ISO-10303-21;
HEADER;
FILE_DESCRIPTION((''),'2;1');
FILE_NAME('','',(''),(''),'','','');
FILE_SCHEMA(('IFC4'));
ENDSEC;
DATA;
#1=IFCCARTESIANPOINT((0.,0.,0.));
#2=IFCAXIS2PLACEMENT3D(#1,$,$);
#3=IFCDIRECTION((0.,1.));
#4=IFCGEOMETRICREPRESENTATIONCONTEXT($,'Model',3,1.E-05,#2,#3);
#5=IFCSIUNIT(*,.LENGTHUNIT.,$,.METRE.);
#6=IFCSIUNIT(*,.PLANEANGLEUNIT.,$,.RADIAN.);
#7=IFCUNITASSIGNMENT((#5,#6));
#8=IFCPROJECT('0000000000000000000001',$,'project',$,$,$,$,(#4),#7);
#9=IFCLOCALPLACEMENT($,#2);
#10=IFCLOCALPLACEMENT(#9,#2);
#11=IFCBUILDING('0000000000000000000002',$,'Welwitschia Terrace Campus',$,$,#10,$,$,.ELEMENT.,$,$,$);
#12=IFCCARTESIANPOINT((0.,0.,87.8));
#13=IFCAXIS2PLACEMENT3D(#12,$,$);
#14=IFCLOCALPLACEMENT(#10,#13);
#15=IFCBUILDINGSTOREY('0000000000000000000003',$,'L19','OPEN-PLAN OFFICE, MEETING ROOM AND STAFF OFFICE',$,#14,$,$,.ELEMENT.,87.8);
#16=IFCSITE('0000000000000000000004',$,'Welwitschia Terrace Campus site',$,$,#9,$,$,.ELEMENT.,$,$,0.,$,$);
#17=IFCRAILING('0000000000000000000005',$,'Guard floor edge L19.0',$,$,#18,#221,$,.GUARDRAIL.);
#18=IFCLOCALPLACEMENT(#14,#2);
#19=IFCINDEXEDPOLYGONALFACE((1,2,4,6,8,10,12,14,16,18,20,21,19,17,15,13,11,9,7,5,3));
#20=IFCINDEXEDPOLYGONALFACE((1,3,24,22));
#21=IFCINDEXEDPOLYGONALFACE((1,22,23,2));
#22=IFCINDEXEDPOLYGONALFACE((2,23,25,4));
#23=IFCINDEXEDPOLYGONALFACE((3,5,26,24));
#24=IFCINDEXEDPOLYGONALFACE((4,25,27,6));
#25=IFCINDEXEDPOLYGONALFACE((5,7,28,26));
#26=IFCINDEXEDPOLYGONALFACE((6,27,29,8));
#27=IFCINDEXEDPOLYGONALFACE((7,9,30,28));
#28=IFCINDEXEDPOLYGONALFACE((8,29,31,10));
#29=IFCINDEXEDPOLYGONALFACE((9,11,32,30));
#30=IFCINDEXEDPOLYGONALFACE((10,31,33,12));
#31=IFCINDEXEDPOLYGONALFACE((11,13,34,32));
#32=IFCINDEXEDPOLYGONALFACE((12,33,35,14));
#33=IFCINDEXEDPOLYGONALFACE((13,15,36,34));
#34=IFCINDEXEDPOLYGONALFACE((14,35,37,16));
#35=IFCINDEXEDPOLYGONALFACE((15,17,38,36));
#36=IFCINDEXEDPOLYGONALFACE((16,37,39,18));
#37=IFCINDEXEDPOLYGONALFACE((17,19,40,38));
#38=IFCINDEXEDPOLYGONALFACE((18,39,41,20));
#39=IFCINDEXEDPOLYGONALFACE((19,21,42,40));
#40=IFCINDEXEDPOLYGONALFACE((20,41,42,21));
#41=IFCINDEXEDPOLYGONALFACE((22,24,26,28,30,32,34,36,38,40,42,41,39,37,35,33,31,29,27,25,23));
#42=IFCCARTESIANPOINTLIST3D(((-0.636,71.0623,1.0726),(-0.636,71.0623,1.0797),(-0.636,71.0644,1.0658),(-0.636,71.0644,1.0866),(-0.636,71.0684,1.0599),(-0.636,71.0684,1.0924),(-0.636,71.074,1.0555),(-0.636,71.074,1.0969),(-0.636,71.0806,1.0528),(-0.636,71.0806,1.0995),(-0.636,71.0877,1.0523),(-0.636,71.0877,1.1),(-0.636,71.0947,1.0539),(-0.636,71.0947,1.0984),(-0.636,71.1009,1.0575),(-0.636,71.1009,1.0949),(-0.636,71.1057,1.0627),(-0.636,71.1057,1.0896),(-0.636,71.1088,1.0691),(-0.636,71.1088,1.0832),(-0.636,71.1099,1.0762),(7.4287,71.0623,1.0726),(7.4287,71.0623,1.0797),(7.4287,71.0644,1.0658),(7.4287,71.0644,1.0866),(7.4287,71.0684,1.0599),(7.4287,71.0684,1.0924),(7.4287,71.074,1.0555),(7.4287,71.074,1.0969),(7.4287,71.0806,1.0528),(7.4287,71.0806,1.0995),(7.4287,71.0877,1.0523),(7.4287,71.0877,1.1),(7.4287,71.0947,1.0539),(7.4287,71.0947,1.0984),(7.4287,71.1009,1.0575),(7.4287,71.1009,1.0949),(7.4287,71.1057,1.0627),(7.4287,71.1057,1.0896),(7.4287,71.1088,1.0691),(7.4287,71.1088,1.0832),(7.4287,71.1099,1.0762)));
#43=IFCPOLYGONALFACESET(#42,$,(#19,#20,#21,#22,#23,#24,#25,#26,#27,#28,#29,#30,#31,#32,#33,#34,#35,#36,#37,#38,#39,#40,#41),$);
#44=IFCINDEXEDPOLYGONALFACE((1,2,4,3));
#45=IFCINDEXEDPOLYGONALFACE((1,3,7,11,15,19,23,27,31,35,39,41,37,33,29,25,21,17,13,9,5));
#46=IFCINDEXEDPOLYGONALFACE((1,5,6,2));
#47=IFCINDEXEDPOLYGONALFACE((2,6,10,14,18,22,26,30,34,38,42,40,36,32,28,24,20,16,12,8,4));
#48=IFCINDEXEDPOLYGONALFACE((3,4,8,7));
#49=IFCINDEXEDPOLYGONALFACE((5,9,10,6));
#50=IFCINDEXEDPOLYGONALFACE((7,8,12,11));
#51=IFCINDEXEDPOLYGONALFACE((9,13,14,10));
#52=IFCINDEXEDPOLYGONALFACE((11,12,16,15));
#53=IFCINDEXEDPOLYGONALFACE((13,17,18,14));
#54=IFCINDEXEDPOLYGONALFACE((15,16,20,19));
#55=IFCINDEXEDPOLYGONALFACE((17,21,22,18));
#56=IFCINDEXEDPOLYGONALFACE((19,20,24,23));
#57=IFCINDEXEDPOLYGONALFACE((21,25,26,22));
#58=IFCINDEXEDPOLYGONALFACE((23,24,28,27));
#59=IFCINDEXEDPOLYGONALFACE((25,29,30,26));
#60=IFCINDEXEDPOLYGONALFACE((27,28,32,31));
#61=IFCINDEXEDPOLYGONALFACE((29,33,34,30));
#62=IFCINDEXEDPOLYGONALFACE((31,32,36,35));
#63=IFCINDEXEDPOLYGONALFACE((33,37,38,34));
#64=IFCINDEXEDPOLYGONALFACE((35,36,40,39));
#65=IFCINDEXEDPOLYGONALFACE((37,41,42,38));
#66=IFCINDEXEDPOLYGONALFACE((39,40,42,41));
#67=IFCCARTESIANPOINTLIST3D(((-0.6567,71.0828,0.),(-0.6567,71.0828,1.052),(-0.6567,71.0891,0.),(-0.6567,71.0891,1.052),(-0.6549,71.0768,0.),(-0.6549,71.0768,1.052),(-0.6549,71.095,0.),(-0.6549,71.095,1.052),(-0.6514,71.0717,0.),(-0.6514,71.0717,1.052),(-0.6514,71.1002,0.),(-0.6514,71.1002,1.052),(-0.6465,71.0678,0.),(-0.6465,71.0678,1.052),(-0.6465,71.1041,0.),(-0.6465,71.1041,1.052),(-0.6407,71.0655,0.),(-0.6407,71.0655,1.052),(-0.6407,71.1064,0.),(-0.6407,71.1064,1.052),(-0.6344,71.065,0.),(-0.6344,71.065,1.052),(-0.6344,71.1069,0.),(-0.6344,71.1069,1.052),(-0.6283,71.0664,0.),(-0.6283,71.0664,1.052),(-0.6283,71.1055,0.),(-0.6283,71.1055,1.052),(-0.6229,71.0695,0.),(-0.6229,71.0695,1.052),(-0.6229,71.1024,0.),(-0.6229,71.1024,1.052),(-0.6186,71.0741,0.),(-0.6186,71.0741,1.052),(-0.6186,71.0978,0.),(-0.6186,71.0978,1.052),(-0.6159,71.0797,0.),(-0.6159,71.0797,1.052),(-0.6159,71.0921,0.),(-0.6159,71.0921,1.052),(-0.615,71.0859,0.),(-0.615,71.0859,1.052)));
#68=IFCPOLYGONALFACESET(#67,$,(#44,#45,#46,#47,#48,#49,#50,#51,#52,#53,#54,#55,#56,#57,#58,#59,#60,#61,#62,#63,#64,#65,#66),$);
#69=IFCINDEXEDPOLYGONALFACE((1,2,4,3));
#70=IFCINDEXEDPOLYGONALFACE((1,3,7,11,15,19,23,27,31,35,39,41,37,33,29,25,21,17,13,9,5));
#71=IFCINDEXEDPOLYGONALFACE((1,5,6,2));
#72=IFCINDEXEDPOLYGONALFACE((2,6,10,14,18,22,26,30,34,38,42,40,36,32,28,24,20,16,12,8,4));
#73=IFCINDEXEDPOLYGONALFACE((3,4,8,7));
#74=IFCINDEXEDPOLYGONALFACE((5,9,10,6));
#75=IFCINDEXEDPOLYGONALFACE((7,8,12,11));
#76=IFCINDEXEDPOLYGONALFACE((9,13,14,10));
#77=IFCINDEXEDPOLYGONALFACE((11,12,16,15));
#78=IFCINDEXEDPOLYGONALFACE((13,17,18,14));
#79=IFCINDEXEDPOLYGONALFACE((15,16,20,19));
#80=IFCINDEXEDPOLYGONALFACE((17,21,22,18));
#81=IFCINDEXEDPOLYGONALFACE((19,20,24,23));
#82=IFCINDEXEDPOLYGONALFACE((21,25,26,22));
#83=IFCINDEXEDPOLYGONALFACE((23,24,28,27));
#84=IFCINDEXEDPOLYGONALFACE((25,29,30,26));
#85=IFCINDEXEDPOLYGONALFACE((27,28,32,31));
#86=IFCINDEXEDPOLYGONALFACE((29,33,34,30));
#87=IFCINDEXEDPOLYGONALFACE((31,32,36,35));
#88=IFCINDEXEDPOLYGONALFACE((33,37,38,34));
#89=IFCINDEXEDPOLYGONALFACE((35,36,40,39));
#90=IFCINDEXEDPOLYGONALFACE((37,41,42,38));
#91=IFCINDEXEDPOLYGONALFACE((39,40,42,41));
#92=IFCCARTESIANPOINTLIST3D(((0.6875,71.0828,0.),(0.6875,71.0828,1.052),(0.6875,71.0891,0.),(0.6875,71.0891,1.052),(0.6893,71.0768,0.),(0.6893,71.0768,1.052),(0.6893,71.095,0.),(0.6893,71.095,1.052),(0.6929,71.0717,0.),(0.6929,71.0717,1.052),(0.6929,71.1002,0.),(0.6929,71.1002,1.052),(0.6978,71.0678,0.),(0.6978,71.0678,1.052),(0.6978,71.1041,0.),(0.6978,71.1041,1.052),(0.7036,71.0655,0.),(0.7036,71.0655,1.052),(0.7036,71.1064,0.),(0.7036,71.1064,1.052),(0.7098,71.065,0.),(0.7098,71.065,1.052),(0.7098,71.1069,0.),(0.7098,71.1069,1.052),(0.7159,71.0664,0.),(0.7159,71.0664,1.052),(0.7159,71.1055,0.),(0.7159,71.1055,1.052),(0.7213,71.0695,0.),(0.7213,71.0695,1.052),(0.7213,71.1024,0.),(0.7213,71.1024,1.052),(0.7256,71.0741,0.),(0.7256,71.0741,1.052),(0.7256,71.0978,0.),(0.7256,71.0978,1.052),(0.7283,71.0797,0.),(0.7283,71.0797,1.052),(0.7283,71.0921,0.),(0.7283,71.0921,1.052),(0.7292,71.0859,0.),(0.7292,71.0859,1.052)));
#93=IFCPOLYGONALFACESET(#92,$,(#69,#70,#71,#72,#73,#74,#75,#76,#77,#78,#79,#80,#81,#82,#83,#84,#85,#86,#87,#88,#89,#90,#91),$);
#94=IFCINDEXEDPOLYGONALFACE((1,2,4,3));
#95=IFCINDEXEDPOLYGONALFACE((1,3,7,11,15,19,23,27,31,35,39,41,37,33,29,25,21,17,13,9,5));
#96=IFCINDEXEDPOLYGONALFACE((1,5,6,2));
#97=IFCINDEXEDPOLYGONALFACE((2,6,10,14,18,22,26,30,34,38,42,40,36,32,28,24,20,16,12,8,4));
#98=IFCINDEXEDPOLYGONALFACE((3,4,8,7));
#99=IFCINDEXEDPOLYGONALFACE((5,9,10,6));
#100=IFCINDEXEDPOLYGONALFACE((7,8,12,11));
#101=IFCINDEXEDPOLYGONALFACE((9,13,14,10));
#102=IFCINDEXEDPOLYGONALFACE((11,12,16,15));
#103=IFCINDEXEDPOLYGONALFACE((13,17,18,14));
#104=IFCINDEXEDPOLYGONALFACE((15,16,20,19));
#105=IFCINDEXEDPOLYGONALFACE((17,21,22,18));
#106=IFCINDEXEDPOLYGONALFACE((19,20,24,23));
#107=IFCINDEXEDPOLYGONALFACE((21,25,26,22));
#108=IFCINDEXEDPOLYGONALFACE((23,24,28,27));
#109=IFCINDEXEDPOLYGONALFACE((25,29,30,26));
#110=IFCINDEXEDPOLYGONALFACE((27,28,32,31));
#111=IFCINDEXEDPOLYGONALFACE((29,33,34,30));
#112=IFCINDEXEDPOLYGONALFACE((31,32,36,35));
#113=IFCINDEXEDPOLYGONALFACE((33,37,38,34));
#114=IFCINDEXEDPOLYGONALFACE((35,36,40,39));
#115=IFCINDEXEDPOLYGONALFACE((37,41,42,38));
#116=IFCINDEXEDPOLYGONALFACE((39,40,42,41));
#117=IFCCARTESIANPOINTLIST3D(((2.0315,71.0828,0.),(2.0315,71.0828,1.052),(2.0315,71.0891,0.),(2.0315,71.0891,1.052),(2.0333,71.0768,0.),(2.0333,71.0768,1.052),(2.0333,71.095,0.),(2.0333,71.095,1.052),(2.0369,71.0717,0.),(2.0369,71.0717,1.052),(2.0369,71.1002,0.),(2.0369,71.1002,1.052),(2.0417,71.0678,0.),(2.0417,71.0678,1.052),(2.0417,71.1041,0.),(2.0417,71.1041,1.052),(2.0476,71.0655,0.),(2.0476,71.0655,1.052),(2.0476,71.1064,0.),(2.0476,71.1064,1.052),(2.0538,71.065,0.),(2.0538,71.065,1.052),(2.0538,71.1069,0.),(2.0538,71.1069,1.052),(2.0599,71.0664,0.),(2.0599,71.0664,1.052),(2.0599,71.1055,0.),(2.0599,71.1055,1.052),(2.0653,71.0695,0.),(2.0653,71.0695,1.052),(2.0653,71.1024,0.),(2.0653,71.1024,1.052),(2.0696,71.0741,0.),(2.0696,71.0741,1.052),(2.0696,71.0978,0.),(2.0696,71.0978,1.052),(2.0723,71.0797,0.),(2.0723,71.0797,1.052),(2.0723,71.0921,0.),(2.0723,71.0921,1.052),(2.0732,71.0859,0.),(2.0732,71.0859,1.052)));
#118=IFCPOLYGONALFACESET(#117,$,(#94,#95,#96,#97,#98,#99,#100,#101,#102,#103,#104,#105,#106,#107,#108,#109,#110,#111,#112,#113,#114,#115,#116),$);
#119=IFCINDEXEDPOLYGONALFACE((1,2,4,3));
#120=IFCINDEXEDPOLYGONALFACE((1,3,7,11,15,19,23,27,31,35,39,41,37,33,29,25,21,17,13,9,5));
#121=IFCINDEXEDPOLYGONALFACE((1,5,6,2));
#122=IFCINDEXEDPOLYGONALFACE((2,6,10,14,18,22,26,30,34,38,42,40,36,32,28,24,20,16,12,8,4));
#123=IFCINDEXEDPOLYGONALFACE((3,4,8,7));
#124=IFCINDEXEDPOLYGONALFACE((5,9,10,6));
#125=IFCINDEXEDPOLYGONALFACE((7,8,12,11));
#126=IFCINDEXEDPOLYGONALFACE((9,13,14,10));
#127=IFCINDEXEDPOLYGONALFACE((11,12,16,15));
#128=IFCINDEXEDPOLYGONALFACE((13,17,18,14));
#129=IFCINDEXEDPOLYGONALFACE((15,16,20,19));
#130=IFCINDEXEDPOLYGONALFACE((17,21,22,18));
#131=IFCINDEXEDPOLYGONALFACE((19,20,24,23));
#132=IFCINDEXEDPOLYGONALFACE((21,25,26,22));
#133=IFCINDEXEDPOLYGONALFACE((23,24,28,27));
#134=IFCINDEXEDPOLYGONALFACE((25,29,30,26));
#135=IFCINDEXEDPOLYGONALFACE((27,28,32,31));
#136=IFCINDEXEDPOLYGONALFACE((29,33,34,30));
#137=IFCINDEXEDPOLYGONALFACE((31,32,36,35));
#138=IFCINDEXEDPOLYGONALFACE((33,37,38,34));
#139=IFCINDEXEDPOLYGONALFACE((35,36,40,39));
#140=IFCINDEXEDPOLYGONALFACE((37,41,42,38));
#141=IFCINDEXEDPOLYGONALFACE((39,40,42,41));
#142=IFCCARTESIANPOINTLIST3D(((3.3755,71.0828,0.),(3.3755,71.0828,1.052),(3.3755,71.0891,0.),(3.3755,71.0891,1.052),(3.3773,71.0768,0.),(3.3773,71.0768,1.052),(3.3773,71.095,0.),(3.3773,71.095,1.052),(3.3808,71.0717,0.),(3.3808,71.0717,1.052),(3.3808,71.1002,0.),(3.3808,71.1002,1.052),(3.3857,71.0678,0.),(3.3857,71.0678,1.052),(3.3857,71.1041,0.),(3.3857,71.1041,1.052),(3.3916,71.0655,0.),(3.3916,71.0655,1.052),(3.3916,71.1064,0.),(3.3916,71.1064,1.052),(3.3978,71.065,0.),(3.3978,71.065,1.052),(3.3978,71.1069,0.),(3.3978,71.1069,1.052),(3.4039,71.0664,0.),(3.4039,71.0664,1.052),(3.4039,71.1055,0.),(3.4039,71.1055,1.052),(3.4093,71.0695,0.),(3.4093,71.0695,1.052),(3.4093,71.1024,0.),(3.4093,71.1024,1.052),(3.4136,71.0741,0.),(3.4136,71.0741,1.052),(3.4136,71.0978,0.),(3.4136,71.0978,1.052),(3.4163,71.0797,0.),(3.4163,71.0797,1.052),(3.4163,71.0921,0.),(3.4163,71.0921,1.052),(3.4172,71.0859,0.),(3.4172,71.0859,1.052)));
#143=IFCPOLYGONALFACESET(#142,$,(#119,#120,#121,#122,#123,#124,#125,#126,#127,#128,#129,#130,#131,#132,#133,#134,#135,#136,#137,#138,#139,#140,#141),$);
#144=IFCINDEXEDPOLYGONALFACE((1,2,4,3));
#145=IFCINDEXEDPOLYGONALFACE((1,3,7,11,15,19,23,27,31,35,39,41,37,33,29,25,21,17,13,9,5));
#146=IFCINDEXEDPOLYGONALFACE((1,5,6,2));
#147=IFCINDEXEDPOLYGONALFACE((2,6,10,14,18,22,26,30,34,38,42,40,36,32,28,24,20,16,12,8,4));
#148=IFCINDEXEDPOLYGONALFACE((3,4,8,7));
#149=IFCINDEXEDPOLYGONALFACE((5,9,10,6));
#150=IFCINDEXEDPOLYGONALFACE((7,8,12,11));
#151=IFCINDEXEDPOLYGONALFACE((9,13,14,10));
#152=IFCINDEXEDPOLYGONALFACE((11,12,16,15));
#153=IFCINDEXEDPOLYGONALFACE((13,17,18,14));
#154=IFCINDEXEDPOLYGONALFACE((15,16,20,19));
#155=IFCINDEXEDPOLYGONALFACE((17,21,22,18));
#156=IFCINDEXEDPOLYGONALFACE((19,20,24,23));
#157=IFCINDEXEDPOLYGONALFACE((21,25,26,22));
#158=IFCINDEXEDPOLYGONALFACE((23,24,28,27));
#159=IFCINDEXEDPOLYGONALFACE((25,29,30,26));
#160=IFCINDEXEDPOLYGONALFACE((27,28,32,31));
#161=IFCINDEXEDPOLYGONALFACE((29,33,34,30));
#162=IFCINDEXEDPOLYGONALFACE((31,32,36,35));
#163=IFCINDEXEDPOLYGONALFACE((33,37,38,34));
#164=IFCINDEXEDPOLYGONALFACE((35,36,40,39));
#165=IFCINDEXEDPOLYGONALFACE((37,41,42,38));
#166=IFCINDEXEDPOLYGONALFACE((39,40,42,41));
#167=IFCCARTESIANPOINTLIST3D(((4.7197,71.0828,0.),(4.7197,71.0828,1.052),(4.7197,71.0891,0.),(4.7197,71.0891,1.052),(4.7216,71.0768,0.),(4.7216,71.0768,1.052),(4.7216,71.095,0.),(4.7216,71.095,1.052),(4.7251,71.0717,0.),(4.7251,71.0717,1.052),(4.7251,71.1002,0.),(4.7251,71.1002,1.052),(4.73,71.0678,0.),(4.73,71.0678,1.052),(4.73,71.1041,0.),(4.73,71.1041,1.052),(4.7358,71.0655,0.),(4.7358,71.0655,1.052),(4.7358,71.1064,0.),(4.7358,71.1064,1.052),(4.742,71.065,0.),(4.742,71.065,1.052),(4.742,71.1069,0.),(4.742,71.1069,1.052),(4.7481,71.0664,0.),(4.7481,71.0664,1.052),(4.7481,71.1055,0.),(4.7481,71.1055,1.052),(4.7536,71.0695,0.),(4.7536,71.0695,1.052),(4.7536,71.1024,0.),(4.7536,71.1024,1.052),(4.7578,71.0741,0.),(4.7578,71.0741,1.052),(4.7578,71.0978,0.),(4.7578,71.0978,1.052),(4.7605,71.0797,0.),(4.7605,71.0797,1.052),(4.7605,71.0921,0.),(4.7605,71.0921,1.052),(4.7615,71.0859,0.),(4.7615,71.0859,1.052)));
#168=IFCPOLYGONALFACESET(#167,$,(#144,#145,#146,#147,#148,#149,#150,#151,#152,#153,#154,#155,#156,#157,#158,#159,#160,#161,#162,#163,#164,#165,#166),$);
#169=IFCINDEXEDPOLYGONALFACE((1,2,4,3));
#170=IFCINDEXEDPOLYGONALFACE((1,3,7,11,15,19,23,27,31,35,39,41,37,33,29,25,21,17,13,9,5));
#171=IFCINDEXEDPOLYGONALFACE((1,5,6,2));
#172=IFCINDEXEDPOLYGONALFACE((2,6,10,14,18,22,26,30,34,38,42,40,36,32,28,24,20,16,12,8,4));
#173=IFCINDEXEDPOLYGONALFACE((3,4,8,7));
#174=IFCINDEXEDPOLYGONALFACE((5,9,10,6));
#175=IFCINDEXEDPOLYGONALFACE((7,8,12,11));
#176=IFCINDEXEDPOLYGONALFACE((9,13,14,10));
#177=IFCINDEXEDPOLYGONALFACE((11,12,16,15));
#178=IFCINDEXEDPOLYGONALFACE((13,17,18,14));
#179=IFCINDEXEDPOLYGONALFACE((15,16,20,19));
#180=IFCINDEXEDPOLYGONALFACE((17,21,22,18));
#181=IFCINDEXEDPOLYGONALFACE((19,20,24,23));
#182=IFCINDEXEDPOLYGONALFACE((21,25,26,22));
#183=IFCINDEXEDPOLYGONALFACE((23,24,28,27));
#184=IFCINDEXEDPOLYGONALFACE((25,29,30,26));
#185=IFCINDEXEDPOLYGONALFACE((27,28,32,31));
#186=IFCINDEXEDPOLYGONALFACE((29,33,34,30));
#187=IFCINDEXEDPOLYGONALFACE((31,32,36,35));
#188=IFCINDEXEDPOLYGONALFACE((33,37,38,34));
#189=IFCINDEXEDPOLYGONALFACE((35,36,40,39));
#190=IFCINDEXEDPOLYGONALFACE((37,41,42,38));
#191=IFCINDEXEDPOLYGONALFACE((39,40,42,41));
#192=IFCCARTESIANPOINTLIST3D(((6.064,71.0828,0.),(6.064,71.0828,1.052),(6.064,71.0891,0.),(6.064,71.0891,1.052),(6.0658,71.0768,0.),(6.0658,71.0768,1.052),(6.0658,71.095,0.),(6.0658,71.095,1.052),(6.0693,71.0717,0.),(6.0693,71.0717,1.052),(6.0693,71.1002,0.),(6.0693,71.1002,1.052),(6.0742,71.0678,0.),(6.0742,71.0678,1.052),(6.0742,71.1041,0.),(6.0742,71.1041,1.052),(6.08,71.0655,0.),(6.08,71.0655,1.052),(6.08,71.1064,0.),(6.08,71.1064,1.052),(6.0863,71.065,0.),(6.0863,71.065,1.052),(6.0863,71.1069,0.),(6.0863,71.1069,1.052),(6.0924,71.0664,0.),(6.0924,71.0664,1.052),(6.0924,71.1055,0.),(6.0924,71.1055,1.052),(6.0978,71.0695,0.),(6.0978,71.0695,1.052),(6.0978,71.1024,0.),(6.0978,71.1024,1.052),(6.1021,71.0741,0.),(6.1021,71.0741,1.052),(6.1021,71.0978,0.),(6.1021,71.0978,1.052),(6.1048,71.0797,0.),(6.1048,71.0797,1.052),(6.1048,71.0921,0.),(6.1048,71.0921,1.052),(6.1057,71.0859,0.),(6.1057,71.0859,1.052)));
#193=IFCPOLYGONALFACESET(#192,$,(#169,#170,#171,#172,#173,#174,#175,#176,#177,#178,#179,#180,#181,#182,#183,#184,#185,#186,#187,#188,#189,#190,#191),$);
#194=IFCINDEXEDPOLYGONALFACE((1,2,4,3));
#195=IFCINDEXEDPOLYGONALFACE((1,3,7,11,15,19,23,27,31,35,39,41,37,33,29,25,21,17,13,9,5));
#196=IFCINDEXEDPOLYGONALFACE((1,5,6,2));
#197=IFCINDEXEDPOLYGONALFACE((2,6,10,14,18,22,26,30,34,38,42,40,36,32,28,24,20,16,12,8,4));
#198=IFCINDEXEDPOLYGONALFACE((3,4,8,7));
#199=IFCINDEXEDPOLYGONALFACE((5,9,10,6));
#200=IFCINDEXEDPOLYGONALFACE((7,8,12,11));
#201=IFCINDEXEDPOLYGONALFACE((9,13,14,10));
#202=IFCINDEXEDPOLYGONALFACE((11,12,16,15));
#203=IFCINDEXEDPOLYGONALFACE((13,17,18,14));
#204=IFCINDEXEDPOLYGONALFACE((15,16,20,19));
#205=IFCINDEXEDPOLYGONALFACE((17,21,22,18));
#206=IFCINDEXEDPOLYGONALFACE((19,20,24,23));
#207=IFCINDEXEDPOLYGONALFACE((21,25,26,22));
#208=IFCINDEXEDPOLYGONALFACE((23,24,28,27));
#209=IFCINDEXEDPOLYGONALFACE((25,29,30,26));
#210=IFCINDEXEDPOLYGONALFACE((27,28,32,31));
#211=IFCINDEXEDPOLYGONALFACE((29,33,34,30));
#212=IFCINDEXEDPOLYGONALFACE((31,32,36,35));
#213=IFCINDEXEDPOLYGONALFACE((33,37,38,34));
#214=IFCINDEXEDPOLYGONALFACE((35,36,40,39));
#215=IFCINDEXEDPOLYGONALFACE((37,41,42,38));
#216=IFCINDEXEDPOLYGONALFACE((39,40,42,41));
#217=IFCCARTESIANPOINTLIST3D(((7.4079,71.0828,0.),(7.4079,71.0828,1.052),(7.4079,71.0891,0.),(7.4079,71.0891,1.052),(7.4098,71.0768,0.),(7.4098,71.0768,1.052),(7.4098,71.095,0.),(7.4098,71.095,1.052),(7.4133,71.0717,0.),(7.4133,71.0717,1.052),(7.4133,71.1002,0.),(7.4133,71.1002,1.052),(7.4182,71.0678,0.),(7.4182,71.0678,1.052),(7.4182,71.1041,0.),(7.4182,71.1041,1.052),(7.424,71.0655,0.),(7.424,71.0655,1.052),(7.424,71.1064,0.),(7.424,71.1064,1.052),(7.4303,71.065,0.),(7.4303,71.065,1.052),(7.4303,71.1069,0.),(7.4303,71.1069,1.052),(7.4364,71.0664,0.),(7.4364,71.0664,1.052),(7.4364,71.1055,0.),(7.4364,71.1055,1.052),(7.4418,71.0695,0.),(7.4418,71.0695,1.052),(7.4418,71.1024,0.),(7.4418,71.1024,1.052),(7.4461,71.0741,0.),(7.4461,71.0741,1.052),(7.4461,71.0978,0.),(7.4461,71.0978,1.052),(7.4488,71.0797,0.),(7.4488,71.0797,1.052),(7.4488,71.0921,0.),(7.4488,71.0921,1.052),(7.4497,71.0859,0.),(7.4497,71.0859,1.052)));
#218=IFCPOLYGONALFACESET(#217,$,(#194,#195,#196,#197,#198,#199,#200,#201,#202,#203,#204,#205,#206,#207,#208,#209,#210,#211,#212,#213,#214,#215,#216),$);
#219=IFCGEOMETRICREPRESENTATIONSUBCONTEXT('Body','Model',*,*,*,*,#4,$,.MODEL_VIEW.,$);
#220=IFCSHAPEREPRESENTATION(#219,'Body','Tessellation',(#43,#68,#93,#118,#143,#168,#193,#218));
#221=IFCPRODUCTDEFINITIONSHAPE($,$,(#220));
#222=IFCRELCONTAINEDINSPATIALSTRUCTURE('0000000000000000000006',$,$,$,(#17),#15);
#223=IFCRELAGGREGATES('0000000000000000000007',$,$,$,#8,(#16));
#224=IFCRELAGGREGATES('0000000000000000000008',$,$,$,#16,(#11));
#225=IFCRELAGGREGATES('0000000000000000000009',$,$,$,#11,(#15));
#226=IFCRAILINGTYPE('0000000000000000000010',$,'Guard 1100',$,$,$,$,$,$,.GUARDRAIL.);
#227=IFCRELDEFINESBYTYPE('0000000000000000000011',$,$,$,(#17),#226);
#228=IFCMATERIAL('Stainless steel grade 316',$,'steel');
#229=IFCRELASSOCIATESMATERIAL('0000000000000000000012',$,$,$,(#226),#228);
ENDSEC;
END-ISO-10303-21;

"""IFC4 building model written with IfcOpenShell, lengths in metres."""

from ifc_helpers import new_model, si_unit, direction, frame, origin, origin_2d, place, context, subcontext, project, spatial, circle, extrude, material, type_object, element, save


model = new_model("IFC4")

# Units and contexts
model_context = context("Model", 3, precision=1e-05, world=origin(), true_north=direction((0.0, 1.0)))
body_context = subcontext(model_context, "Body", "Model", "MODEL_VIEW")
ifc_project = project(units=[si_unit("LENGTHUNIT", "METRE"), si_unit("PLANEANGLEUNIT", "RADIAN")], contexts=[model_context])

# Site, building, storey
site_placement = place(None, origin())
site = spatial("IfcSite", under=ifc_project, at=site_placement, Name="Welwitschia Terrace Campus site", CompositionType="ELEMENT", RefElevation=0.0)
building_placement = place(site_placement, origin())
building = spatial("IfcBuilding", under=site, at=building_placement, Name="Welwitschia Terrace Campus", CompositionType="ELEMENT")
storey_placement = place(building_placement, frame((0.0, 0.0, 87.8)))
storey = spatial("IfcBuildingStorey", under=building, at=storey_placement, Name="L19", Description="OPEN-PLAN OFFICE, MEETING ROOM AND STAFF OFFICE", CompositionType="ELEMENT", Elevation=87.8)

# Railing
ifc_material_1 = material(Name="Stainless steel grade 316", Category="steel")
railing_type = type_object("IfcRailingType", Name="Guard 1100", PredefinedType="GUARDRAIL", material=ifc_material_1)
railing_1_placement = place(storey_placement, frame((-0.636, 71.0859, 0.0)))
element("IfcRailing", 1, at=railing_1_placement, inside=storey, type_object=railing_type, Name="Guard floor edge L19.0", PredefinedType="GUARDRAIL", context=body_context, shape_type="SweptSolid", body=[
    extrude(circle(Radius=0.0239, at=origin_2d()), frame((0.0, 0.0, 1.0762), z_axis=(1.0, 0.0, 0.0), x_axis=(0.0, 1.0, 0.0)), (0.0, 0.0, 1.0), 8.0647),
    extrude(circle(Radius=0.021, at=origin_2d()), origin(), (0.0, 0.0, 1.0), 1.052),
    extrude(circle(Radius=0.021, at=origin_2d()), frame((1.3442, 0.0, 0.0)), (0.0, 0.0, 1.0), 1.052),
    extrude(circle(Radius=0.021, at=origin_2d()), frame((2.6882, 0.0, 0.0)), (0.0, 0.0, 1.0), 1.052),
    extrude(circle(Radius=0.021, at=origin_2d()), frame((4.0322, 0.0, 0.0)), (0.0, 0.0, 1.0), 1.052),
    extrude(circle(Radius=0.021, at=origin_2d()), frame((5.3765, 0.0, 0.0)), (0.0, 0.0, 1.0), 1.052),
    extrude(circle(Radius=0.021, at=origin_2d()), frame((6.7207, 0.0, 0.0)), (0.0, 0.0, 1.0), 1.052),
    extrude(circle(Radius=0.021, at=origin_2d()), frame((8.0647, 0.0, 0.0)), (0.0, 0.0, 1.0), 1.052),
])

save(model, "model.ifc")
